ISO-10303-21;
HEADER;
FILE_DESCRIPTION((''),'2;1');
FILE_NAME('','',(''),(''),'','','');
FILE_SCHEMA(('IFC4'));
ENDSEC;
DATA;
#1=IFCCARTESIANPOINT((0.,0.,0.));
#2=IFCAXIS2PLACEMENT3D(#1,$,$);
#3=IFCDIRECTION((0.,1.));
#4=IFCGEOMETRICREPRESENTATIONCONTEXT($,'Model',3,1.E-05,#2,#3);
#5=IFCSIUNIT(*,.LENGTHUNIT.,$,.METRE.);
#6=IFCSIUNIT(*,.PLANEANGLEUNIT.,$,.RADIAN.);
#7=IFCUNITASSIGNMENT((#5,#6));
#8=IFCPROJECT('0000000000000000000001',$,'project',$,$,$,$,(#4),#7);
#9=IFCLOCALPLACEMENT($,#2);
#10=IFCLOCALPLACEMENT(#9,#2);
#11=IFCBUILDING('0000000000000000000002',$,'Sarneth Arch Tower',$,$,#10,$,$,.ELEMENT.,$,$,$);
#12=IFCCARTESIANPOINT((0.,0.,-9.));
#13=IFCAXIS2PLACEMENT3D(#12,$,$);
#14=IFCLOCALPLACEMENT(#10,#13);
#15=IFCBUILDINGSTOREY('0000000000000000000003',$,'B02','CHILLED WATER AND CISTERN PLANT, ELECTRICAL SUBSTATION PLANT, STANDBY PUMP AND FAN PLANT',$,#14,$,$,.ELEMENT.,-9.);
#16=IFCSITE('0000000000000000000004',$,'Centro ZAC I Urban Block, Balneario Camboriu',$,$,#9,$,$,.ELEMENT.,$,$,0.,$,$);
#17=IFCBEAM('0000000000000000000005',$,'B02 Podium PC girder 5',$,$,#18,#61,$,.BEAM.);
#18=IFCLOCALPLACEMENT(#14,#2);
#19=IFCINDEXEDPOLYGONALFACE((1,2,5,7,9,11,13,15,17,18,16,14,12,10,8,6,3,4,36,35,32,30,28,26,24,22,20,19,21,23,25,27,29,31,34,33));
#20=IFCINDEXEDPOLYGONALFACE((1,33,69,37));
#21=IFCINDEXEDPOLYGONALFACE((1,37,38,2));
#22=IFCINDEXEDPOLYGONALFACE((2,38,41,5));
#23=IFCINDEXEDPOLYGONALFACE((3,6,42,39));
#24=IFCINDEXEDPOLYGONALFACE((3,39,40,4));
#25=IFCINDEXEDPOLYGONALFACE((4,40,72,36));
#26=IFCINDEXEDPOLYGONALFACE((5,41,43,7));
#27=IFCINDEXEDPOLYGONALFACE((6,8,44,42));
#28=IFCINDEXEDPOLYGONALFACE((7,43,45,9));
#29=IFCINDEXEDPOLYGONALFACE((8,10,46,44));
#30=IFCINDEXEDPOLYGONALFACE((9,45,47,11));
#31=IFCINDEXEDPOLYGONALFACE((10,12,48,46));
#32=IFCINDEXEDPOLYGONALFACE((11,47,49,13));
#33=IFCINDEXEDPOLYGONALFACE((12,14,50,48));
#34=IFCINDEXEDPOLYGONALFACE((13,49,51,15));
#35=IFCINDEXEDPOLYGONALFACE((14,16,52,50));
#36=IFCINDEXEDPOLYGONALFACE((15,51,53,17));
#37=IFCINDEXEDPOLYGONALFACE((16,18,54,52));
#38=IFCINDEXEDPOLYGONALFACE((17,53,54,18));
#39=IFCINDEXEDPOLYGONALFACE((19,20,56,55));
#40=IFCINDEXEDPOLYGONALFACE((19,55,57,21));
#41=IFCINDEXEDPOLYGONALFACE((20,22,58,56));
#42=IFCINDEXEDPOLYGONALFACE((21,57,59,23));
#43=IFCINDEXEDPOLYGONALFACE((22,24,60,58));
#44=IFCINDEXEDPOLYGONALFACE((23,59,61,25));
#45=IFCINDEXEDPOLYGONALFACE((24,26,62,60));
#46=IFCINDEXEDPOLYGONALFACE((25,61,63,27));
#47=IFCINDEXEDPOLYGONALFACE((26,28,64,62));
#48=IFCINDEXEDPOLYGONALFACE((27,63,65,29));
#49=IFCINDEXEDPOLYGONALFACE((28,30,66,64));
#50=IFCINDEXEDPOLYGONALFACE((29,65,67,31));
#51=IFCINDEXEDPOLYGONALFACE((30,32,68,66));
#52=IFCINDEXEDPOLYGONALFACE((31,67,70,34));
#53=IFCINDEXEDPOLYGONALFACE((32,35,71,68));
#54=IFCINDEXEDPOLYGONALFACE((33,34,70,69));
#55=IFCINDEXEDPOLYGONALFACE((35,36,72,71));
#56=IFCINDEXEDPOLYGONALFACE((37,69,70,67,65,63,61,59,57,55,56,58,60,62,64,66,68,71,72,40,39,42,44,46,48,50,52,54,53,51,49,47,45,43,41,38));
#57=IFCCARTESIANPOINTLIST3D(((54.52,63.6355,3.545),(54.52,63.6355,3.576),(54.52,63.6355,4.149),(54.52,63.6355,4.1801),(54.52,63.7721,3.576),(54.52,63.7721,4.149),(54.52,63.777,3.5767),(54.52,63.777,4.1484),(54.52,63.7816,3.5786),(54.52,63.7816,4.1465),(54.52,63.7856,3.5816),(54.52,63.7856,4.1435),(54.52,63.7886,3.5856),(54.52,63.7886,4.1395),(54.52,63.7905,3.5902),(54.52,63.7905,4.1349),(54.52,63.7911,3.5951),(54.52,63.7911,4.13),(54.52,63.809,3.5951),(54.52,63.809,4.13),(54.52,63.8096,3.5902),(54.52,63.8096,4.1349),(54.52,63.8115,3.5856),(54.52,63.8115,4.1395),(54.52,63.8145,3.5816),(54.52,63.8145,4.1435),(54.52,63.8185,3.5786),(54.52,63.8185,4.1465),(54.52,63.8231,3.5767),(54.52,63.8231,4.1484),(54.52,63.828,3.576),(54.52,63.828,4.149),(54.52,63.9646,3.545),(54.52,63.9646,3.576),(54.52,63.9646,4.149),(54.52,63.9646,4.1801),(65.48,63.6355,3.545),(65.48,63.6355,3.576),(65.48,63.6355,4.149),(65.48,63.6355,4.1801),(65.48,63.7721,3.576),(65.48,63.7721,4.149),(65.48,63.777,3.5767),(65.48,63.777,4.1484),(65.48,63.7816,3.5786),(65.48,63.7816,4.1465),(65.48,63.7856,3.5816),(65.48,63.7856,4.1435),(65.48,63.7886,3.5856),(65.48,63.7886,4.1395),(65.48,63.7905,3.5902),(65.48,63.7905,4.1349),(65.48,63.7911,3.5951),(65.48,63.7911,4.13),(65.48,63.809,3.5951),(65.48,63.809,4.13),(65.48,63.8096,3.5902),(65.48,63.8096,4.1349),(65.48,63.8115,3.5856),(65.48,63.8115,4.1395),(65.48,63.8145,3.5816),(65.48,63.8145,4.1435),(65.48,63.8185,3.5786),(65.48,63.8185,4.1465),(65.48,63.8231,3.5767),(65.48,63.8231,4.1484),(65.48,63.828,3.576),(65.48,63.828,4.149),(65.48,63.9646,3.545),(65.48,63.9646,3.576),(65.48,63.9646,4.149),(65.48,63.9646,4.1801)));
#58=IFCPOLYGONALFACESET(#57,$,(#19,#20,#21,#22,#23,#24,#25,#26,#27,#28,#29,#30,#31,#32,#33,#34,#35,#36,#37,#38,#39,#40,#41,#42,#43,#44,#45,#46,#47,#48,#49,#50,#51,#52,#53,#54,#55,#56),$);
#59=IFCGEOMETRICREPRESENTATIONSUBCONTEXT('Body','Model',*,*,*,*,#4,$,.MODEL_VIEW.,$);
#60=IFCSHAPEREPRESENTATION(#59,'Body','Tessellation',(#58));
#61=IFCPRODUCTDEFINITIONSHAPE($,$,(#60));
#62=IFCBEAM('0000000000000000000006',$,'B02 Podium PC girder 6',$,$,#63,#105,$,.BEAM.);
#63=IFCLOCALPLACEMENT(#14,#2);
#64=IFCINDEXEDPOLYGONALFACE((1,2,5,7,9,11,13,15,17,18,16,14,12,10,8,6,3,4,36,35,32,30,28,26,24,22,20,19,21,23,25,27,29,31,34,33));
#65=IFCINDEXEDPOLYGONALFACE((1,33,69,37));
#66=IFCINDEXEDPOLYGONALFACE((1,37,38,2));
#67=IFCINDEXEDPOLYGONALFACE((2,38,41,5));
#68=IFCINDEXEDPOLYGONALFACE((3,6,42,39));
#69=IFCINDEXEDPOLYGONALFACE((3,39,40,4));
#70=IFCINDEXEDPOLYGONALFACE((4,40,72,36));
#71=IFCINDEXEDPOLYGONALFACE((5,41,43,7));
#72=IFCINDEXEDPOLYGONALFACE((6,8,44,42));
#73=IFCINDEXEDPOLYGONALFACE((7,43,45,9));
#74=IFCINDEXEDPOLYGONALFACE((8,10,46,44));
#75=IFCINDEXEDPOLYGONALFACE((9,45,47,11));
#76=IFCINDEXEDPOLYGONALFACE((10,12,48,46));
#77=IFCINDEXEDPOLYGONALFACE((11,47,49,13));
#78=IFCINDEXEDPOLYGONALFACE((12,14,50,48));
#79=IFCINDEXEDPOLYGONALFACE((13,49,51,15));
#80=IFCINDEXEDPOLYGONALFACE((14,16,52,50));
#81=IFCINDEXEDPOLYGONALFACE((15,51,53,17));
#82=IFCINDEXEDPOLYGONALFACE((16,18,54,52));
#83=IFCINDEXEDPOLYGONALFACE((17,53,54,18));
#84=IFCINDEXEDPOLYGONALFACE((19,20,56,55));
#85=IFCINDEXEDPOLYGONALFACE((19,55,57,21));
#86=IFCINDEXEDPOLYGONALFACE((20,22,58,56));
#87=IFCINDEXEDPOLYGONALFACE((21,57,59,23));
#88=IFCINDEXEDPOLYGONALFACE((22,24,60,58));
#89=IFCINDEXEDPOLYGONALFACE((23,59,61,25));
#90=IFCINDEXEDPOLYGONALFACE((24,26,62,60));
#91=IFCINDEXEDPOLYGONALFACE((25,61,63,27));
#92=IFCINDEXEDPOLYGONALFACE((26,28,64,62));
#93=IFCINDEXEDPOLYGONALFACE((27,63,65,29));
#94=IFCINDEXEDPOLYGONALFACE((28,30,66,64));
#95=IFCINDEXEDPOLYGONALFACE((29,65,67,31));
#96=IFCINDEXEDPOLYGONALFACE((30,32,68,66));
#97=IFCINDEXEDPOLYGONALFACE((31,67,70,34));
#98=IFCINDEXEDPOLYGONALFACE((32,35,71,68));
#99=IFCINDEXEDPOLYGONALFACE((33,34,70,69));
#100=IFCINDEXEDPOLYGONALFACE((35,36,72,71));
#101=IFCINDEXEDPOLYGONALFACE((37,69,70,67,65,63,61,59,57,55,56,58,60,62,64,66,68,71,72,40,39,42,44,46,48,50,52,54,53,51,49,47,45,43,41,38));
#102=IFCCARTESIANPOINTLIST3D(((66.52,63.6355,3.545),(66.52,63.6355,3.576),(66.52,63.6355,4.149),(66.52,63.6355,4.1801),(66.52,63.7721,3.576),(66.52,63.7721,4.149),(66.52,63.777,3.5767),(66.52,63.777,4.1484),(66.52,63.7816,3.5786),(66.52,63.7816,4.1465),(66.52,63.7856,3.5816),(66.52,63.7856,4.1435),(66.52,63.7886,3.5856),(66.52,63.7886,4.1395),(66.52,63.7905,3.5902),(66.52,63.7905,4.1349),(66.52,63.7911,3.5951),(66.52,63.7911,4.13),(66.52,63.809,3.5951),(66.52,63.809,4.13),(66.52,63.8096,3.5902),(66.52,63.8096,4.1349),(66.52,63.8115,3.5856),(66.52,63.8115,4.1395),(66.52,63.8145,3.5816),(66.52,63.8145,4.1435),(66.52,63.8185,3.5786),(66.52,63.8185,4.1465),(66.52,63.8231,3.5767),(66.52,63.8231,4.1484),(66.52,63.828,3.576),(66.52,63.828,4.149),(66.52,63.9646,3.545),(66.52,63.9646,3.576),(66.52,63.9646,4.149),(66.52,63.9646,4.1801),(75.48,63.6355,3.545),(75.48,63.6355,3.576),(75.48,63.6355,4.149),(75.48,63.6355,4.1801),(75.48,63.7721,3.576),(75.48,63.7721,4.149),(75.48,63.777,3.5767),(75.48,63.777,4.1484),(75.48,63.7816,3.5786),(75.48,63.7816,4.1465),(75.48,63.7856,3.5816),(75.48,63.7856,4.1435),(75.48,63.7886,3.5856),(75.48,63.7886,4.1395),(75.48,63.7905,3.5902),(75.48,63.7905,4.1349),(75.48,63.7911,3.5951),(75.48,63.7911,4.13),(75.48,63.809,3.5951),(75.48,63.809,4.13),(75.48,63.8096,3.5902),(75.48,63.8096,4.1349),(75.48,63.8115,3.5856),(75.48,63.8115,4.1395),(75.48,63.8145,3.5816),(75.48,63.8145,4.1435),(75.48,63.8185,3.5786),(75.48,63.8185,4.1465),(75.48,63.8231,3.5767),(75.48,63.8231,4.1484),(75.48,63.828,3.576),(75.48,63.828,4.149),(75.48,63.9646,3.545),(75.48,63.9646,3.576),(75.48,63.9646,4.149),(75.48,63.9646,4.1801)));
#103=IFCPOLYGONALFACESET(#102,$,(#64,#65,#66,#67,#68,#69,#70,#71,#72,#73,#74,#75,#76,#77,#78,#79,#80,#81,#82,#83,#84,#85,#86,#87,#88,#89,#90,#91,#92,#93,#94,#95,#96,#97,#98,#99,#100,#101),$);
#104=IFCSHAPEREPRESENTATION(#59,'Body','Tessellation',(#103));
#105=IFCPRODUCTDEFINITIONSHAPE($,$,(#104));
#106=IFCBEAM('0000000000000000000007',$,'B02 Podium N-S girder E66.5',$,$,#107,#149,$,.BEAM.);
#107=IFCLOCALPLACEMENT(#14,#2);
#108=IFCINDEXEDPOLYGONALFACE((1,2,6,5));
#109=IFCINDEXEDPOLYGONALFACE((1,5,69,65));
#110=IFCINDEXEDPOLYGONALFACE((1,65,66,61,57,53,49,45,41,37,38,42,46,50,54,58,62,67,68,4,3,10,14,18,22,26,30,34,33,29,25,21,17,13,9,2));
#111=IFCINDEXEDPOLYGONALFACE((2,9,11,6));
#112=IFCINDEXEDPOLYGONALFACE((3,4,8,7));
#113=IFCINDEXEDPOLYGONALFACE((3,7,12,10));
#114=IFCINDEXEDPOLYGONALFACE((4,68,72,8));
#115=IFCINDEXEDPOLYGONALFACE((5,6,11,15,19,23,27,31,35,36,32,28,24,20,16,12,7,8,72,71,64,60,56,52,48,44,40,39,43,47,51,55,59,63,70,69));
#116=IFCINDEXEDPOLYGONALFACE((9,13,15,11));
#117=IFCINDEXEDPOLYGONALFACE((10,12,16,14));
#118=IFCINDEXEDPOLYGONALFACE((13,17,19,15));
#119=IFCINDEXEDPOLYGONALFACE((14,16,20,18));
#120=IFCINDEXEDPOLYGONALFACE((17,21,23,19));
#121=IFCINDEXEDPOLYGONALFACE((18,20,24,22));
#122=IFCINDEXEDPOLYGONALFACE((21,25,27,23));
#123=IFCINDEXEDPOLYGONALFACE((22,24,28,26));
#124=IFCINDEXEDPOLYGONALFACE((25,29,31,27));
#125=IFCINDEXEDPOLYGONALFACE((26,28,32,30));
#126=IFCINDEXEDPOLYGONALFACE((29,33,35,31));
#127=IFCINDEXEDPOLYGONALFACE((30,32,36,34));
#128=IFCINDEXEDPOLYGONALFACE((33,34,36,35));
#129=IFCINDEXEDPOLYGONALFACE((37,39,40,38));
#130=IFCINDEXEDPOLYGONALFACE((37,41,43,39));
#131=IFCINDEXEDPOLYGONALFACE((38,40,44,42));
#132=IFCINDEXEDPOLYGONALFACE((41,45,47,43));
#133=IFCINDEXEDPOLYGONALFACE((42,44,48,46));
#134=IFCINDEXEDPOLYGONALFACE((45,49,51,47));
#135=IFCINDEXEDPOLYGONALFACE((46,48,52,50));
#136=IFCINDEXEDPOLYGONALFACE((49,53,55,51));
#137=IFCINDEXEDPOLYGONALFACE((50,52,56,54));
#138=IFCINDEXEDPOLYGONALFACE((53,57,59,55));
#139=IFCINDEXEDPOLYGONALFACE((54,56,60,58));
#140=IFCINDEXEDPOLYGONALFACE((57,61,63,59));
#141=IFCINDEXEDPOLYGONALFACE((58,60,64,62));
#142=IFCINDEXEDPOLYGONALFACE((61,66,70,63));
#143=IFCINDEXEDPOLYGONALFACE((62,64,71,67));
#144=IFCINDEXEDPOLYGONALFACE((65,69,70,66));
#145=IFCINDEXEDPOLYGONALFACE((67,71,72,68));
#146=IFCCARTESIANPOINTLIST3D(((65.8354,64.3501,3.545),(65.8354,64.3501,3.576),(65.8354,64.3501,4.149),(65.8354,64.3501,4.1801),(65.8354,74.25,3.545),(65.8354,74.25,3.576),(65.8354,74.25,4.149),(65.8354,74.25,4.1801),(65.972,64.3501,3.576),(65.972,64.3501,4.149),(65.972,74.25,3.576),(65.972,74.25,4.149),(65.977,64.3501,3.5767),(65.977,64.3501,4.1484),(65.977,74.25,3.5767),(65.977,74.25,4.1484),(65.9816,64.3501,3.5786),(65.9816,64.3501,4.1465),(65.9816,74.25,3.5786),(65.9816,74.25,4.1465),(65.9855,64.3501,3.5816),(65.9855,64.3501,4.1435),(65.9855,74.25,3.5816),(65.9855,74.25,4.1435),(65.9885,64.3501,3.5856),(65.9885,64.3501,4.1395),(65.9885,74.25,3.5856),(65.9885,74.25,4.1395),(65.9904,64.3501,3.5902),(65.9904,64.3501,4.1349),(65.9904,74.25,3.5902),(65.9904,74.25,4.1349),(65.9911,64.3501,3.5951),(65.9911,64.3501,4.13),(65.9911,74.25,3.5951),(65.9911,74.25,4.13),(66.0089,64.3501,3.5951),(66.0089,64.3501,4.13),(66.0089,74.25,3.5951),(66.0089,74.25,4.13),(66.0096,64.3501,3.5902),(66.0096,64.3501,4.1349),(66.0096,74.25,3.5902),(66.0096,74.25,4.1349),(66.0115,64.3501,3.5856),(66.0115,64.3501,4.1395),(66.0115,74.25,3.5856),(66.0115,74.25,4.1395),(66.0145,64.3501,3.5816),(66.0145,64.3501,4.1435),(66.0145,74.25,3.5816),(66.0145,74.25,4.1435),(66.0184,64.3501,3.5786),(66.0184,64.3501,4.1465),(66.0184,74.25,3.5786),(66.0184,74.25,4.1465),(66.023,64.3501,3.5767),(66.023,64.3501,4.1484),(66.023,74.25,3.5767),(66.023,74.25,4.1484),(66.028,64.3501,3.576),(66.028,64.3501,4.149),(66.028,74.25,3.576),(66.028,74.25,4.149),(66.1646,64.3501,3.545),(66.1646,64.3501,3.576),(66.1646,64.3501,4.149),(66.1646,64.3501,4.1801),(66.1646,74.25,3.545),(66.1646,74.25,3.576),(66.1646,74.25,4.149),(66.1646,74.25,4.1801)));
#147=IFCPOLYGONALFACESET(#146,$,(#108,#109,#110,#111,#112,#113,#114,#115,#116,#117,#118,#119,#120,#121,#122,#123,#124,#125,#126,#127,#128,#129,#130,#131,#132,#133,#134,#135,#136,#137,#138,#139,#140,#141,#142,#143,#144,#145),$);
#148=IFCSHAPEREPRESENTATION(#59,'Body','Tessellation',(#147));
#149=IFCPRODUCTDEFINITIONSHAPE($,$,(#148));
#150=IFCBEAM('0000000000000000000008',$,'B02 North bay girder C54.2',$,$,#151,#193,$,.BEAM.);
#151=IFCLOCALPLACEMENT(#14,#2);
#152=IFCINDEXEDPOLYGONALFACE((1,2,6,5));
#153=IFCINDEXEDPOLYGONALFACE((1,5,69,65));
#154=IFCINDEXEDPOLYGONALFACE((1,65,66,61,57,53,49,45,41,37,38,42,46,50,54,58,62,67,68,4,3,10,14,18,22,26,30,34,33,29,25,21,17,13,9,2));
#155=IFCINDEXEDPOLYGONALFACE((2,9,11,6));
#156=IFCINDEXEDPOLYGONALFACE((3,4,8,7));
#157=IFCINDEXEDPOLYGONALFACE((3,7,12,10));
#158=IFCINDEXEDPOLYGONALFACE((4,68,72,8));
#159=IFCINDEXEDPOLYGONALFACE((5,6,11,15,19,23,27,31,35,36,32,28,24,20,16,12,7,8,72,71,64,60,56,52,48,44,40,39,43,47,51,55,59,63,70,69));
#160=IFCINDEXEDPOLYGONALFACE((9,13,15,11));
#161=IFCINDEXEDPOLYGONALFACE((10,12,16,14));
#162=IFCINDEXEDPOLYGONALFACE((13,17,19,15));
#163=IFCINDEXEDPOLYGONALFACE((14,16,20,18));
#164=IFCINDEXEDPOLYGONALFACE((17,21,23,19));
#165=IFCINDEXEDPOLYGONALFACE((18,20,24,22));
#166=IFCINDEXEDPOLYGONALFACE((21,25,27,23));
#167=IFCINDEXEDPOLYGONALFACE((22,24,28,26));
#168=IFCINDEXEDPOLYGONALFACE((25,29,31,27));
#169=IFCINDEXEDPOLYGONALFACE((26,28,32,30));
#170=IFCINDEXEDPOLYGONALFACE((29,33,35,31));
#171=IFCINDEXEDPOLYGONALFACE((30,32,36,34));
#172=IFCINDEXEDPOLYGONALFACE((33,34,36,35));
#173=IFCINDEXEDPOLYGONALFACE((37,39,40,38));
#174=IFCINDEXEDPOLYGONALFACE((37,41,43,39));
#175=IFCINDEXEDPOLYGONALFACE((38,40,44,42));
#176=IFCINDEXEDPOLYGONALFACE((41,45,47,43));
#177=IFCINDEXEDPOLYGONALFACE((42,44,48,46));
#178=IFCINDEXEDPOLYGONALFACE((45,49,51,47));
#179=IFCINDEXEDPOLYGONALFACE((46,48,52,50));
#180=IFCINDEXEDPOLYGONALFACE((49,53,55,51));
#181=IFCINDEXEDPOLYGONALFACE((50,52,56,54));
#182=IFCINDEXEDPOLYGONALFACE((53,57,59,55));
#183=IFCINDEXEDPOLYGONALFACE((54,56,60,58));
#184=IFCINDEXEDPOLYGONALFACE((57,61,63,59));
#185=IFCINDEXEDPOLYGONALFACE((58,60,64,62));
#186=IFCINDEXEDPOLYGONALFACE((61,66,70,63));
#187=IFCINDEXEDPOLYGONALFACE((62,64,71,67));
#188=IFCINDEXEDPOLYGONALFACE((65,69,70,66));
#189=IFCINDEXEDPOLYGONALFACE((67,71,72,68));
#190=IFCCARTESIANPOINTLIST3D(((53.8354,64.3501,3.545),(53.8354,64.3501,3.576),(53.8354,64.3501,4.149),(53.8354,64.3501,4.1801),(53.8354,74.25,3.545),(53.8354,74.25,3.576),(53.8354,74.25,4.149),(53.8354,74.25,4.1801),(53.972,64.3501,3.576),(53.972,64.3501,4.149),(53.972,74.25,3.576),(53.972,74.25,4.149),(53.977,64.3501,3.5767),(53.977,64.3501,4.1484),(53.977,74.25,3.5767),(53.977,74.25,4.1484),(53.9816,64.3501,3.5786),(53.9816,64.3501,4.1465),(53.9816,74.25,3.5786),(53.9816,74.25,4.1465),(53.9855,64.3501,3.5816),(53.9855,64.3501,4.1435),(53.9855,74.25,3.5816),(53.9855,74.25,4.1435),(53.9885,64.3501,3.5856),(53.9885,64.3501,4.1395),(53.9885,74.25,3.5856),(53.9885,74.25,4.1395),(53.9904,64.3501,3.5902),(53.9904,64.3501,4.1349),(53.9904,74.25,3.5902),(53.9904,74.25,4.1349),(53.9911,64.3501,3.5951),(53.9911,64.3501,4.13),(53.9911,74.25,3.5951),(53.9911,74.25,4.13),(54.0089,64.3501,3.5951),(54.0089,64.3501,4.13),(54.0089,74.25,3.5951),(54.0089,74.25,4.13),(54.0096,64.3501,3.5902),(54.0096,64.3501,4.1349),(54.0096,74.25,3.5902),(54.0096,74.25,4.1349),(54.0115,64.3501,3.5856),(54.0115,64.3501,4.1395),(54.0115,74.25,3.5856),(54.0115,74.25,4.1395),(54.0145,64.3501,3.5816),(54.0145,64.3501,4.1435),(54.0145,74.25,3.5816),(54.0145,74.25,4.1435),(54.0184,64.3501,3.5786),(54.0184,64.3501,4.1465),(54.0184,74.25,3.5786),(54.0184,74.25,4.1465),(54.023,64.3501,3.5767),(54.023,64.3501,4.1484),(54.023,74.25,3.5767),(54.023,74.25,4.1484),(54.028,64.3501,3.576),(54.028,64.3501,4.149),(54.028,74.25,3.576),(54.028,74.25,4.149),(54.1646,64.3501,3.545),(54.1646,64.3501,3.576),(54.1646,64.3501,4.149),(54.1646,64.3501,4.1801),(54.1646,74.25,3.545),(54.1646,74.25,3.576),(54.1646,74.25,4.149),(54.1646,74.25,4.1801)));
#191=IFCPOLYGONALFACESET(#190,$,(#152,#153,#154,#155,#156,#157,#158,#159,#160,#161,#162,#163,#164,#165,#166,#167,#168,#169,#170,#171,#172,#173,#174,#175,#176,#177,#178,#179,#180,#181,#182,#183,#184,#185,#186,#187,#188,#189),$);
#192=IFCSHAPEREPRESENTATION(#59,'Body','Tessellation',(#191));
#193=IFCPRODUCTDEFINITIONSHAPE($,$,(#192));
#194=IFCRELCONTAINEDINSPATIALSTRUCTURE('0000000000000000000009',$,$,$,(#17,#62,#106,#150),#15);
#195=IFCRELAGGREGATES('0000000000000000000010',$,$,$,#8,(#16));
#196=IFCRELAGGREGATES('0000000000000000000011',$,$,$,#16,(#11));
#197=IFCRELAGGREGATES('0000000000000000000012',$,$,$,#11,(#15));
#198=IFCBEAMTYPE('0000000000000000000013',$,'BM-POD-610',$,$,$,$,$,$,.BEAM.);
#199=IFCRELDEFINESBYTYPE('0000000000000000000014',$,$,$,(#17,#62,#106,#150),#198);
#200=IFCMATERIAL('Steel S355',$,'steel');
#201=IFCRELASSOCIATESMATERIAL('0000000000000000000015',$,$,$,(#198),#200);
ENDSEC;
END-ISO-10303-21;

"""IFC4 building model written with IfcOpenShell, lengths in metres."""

from ifc_helpers import new_model, si_unit, direction, frame, origin, origin_2d, place, context, subcontext, project, spatial, i_section, extrude, material, material_profile, profile_set, type_object, element, save


model = new_model("IFC4")

# Units and contexts
model_context = context("Model", 3, precision=1e-05, world=origin(), true_north=direction((0.0, 1.0)))
body_context = subcontext(model_context, "Body", "Model", "MODEL_VIEW")
ifc_project = project(units=[si_unit("LENGTHUNIT", "METRE"), si_unit("PLANEANGLEUNIT", "RADIAN")], contexts=[model_context])

# Site, building, storey
site_placement = place(None, origin())
site = spatial("IfcSite", under=ifc_project, at=site_placement, Name="Centro ZAC I Urban Block, Balneario Camboriu", CompositionType="ELEMENT", RefElevation=0.0)
building_placement = place(site_placement, origin())
building = spatial("IfcBuilding", under=site, at=building_placement, Name="Sarneth Arch Tower", CompositionType="ELEMENT")
storey_placement = place(building_placement, frame((0.0, 0.0, -9.0)))
storey = spatial("IfcBuildingStorey", under=building, at=storey_placement, Name="B02", Description="CHILLED WATER AND CISTERN PLANT, ELECTRICAL SUBSTATION PLANT, STANDBY PUMP AND FAN PLANT", CompositionType="ELEMENT", Elevation=-9.0)

# Beams
ifc_material_1 = material(Name="Steel S355", Category="steel")
ifc_material_profile_1 = material_profile(ifc_material_1, i_section(OverallWidth=0.3291, OverallDepth=0.635, WebThickness=0.0178, FlangeThickness=0.031, FilletRadius=0.019, at=origin_2d()), Name="W610x241")
ifc_profile_set_1 = profile_set([ifc_material_profile_1], Name="Steel S355")
beam_type = type_object("IfcBeamType", Name="BM-POD-610", PredefinedType="BEAM", material=ifc_profile_set_1)
beam_1_placement = place(storey_placement, frame((54.52, 63.8, 3.8625), z_axis=(1.0, 0.0, 0.0), x_axis=(0.0, 1.0, 0.0)))
element("IfcBeam", 1, at=beam_1_placement, inside=storey, type_object=beam_type, Name="B02 Podium PC girder 5", PredefinedType="BEAM", context=body_context, shape_type="SweptSolid", body=[
    extrude(i_section(OverallWidth=0.3291, OverallDepth=0.635, WebThickness=0.0178, FlangeThickness=0.031, FilletRadius=0.019, at=origin_2d()), origin(), (0.0, 0.0, 1.0), 10.96),
])
beam_2_placement = place(storey_placement, frame((66.52, 63.8, 3.8625), z_axis=(1.0, 0.0, 0.0), x_axis=(0.0, 1.0, 0.0)))
element("IfcBeam", 2, at=beam_2_placement, inside=storey, type_object=beam_type, Name="B02 Podium PC girder 6", PredefinedType="BEAM", context=body_context, shape_type="SweptSolid", body=[
    extrude(i_section(OverallWidth=0.3291, OverallDepth=0.635, WebThickness=0.0178, FlangeThickness=0.031, FilletRadius=0.019, at=origin_2d()), origin(), (0.0, 0.0, 1.0), 8.96),
])
for number, where, z_axis, x_axis, name in (
    (3, (66.0, 64.3501, 3.8625), (0.0, 1.0, 0.0), (-1.0, 0.0, 0.0), "B02 Podium N-S girder E66.5"),
    (4, (54.0, 64.3501, 3.8625), (0.0, 1.0, 0.0), (-1.0, 0.0, 0.0), "B02 North bay girder C54.2"),
):
    element("IfcBeam", number, at=place(storey_placement, frame(where, z_axis=z_axis, x_axis=x_axis)), inside=storey, type_object=beam_type, Name=name, PredefinedType="BEAM", context=body_context, shape_type="SweptSolid", body=[
        extrude(i_section(OverallWidth=0.3291, OverallDepth=0.635, WebThickness=0.0178, FlangeThickness=0.031, FilletRadius=0.019, at=origin_2d()), origin(), (0.0, 0.0, 1.0), 9.8999),
    ])

save(model, "model.ifc")
